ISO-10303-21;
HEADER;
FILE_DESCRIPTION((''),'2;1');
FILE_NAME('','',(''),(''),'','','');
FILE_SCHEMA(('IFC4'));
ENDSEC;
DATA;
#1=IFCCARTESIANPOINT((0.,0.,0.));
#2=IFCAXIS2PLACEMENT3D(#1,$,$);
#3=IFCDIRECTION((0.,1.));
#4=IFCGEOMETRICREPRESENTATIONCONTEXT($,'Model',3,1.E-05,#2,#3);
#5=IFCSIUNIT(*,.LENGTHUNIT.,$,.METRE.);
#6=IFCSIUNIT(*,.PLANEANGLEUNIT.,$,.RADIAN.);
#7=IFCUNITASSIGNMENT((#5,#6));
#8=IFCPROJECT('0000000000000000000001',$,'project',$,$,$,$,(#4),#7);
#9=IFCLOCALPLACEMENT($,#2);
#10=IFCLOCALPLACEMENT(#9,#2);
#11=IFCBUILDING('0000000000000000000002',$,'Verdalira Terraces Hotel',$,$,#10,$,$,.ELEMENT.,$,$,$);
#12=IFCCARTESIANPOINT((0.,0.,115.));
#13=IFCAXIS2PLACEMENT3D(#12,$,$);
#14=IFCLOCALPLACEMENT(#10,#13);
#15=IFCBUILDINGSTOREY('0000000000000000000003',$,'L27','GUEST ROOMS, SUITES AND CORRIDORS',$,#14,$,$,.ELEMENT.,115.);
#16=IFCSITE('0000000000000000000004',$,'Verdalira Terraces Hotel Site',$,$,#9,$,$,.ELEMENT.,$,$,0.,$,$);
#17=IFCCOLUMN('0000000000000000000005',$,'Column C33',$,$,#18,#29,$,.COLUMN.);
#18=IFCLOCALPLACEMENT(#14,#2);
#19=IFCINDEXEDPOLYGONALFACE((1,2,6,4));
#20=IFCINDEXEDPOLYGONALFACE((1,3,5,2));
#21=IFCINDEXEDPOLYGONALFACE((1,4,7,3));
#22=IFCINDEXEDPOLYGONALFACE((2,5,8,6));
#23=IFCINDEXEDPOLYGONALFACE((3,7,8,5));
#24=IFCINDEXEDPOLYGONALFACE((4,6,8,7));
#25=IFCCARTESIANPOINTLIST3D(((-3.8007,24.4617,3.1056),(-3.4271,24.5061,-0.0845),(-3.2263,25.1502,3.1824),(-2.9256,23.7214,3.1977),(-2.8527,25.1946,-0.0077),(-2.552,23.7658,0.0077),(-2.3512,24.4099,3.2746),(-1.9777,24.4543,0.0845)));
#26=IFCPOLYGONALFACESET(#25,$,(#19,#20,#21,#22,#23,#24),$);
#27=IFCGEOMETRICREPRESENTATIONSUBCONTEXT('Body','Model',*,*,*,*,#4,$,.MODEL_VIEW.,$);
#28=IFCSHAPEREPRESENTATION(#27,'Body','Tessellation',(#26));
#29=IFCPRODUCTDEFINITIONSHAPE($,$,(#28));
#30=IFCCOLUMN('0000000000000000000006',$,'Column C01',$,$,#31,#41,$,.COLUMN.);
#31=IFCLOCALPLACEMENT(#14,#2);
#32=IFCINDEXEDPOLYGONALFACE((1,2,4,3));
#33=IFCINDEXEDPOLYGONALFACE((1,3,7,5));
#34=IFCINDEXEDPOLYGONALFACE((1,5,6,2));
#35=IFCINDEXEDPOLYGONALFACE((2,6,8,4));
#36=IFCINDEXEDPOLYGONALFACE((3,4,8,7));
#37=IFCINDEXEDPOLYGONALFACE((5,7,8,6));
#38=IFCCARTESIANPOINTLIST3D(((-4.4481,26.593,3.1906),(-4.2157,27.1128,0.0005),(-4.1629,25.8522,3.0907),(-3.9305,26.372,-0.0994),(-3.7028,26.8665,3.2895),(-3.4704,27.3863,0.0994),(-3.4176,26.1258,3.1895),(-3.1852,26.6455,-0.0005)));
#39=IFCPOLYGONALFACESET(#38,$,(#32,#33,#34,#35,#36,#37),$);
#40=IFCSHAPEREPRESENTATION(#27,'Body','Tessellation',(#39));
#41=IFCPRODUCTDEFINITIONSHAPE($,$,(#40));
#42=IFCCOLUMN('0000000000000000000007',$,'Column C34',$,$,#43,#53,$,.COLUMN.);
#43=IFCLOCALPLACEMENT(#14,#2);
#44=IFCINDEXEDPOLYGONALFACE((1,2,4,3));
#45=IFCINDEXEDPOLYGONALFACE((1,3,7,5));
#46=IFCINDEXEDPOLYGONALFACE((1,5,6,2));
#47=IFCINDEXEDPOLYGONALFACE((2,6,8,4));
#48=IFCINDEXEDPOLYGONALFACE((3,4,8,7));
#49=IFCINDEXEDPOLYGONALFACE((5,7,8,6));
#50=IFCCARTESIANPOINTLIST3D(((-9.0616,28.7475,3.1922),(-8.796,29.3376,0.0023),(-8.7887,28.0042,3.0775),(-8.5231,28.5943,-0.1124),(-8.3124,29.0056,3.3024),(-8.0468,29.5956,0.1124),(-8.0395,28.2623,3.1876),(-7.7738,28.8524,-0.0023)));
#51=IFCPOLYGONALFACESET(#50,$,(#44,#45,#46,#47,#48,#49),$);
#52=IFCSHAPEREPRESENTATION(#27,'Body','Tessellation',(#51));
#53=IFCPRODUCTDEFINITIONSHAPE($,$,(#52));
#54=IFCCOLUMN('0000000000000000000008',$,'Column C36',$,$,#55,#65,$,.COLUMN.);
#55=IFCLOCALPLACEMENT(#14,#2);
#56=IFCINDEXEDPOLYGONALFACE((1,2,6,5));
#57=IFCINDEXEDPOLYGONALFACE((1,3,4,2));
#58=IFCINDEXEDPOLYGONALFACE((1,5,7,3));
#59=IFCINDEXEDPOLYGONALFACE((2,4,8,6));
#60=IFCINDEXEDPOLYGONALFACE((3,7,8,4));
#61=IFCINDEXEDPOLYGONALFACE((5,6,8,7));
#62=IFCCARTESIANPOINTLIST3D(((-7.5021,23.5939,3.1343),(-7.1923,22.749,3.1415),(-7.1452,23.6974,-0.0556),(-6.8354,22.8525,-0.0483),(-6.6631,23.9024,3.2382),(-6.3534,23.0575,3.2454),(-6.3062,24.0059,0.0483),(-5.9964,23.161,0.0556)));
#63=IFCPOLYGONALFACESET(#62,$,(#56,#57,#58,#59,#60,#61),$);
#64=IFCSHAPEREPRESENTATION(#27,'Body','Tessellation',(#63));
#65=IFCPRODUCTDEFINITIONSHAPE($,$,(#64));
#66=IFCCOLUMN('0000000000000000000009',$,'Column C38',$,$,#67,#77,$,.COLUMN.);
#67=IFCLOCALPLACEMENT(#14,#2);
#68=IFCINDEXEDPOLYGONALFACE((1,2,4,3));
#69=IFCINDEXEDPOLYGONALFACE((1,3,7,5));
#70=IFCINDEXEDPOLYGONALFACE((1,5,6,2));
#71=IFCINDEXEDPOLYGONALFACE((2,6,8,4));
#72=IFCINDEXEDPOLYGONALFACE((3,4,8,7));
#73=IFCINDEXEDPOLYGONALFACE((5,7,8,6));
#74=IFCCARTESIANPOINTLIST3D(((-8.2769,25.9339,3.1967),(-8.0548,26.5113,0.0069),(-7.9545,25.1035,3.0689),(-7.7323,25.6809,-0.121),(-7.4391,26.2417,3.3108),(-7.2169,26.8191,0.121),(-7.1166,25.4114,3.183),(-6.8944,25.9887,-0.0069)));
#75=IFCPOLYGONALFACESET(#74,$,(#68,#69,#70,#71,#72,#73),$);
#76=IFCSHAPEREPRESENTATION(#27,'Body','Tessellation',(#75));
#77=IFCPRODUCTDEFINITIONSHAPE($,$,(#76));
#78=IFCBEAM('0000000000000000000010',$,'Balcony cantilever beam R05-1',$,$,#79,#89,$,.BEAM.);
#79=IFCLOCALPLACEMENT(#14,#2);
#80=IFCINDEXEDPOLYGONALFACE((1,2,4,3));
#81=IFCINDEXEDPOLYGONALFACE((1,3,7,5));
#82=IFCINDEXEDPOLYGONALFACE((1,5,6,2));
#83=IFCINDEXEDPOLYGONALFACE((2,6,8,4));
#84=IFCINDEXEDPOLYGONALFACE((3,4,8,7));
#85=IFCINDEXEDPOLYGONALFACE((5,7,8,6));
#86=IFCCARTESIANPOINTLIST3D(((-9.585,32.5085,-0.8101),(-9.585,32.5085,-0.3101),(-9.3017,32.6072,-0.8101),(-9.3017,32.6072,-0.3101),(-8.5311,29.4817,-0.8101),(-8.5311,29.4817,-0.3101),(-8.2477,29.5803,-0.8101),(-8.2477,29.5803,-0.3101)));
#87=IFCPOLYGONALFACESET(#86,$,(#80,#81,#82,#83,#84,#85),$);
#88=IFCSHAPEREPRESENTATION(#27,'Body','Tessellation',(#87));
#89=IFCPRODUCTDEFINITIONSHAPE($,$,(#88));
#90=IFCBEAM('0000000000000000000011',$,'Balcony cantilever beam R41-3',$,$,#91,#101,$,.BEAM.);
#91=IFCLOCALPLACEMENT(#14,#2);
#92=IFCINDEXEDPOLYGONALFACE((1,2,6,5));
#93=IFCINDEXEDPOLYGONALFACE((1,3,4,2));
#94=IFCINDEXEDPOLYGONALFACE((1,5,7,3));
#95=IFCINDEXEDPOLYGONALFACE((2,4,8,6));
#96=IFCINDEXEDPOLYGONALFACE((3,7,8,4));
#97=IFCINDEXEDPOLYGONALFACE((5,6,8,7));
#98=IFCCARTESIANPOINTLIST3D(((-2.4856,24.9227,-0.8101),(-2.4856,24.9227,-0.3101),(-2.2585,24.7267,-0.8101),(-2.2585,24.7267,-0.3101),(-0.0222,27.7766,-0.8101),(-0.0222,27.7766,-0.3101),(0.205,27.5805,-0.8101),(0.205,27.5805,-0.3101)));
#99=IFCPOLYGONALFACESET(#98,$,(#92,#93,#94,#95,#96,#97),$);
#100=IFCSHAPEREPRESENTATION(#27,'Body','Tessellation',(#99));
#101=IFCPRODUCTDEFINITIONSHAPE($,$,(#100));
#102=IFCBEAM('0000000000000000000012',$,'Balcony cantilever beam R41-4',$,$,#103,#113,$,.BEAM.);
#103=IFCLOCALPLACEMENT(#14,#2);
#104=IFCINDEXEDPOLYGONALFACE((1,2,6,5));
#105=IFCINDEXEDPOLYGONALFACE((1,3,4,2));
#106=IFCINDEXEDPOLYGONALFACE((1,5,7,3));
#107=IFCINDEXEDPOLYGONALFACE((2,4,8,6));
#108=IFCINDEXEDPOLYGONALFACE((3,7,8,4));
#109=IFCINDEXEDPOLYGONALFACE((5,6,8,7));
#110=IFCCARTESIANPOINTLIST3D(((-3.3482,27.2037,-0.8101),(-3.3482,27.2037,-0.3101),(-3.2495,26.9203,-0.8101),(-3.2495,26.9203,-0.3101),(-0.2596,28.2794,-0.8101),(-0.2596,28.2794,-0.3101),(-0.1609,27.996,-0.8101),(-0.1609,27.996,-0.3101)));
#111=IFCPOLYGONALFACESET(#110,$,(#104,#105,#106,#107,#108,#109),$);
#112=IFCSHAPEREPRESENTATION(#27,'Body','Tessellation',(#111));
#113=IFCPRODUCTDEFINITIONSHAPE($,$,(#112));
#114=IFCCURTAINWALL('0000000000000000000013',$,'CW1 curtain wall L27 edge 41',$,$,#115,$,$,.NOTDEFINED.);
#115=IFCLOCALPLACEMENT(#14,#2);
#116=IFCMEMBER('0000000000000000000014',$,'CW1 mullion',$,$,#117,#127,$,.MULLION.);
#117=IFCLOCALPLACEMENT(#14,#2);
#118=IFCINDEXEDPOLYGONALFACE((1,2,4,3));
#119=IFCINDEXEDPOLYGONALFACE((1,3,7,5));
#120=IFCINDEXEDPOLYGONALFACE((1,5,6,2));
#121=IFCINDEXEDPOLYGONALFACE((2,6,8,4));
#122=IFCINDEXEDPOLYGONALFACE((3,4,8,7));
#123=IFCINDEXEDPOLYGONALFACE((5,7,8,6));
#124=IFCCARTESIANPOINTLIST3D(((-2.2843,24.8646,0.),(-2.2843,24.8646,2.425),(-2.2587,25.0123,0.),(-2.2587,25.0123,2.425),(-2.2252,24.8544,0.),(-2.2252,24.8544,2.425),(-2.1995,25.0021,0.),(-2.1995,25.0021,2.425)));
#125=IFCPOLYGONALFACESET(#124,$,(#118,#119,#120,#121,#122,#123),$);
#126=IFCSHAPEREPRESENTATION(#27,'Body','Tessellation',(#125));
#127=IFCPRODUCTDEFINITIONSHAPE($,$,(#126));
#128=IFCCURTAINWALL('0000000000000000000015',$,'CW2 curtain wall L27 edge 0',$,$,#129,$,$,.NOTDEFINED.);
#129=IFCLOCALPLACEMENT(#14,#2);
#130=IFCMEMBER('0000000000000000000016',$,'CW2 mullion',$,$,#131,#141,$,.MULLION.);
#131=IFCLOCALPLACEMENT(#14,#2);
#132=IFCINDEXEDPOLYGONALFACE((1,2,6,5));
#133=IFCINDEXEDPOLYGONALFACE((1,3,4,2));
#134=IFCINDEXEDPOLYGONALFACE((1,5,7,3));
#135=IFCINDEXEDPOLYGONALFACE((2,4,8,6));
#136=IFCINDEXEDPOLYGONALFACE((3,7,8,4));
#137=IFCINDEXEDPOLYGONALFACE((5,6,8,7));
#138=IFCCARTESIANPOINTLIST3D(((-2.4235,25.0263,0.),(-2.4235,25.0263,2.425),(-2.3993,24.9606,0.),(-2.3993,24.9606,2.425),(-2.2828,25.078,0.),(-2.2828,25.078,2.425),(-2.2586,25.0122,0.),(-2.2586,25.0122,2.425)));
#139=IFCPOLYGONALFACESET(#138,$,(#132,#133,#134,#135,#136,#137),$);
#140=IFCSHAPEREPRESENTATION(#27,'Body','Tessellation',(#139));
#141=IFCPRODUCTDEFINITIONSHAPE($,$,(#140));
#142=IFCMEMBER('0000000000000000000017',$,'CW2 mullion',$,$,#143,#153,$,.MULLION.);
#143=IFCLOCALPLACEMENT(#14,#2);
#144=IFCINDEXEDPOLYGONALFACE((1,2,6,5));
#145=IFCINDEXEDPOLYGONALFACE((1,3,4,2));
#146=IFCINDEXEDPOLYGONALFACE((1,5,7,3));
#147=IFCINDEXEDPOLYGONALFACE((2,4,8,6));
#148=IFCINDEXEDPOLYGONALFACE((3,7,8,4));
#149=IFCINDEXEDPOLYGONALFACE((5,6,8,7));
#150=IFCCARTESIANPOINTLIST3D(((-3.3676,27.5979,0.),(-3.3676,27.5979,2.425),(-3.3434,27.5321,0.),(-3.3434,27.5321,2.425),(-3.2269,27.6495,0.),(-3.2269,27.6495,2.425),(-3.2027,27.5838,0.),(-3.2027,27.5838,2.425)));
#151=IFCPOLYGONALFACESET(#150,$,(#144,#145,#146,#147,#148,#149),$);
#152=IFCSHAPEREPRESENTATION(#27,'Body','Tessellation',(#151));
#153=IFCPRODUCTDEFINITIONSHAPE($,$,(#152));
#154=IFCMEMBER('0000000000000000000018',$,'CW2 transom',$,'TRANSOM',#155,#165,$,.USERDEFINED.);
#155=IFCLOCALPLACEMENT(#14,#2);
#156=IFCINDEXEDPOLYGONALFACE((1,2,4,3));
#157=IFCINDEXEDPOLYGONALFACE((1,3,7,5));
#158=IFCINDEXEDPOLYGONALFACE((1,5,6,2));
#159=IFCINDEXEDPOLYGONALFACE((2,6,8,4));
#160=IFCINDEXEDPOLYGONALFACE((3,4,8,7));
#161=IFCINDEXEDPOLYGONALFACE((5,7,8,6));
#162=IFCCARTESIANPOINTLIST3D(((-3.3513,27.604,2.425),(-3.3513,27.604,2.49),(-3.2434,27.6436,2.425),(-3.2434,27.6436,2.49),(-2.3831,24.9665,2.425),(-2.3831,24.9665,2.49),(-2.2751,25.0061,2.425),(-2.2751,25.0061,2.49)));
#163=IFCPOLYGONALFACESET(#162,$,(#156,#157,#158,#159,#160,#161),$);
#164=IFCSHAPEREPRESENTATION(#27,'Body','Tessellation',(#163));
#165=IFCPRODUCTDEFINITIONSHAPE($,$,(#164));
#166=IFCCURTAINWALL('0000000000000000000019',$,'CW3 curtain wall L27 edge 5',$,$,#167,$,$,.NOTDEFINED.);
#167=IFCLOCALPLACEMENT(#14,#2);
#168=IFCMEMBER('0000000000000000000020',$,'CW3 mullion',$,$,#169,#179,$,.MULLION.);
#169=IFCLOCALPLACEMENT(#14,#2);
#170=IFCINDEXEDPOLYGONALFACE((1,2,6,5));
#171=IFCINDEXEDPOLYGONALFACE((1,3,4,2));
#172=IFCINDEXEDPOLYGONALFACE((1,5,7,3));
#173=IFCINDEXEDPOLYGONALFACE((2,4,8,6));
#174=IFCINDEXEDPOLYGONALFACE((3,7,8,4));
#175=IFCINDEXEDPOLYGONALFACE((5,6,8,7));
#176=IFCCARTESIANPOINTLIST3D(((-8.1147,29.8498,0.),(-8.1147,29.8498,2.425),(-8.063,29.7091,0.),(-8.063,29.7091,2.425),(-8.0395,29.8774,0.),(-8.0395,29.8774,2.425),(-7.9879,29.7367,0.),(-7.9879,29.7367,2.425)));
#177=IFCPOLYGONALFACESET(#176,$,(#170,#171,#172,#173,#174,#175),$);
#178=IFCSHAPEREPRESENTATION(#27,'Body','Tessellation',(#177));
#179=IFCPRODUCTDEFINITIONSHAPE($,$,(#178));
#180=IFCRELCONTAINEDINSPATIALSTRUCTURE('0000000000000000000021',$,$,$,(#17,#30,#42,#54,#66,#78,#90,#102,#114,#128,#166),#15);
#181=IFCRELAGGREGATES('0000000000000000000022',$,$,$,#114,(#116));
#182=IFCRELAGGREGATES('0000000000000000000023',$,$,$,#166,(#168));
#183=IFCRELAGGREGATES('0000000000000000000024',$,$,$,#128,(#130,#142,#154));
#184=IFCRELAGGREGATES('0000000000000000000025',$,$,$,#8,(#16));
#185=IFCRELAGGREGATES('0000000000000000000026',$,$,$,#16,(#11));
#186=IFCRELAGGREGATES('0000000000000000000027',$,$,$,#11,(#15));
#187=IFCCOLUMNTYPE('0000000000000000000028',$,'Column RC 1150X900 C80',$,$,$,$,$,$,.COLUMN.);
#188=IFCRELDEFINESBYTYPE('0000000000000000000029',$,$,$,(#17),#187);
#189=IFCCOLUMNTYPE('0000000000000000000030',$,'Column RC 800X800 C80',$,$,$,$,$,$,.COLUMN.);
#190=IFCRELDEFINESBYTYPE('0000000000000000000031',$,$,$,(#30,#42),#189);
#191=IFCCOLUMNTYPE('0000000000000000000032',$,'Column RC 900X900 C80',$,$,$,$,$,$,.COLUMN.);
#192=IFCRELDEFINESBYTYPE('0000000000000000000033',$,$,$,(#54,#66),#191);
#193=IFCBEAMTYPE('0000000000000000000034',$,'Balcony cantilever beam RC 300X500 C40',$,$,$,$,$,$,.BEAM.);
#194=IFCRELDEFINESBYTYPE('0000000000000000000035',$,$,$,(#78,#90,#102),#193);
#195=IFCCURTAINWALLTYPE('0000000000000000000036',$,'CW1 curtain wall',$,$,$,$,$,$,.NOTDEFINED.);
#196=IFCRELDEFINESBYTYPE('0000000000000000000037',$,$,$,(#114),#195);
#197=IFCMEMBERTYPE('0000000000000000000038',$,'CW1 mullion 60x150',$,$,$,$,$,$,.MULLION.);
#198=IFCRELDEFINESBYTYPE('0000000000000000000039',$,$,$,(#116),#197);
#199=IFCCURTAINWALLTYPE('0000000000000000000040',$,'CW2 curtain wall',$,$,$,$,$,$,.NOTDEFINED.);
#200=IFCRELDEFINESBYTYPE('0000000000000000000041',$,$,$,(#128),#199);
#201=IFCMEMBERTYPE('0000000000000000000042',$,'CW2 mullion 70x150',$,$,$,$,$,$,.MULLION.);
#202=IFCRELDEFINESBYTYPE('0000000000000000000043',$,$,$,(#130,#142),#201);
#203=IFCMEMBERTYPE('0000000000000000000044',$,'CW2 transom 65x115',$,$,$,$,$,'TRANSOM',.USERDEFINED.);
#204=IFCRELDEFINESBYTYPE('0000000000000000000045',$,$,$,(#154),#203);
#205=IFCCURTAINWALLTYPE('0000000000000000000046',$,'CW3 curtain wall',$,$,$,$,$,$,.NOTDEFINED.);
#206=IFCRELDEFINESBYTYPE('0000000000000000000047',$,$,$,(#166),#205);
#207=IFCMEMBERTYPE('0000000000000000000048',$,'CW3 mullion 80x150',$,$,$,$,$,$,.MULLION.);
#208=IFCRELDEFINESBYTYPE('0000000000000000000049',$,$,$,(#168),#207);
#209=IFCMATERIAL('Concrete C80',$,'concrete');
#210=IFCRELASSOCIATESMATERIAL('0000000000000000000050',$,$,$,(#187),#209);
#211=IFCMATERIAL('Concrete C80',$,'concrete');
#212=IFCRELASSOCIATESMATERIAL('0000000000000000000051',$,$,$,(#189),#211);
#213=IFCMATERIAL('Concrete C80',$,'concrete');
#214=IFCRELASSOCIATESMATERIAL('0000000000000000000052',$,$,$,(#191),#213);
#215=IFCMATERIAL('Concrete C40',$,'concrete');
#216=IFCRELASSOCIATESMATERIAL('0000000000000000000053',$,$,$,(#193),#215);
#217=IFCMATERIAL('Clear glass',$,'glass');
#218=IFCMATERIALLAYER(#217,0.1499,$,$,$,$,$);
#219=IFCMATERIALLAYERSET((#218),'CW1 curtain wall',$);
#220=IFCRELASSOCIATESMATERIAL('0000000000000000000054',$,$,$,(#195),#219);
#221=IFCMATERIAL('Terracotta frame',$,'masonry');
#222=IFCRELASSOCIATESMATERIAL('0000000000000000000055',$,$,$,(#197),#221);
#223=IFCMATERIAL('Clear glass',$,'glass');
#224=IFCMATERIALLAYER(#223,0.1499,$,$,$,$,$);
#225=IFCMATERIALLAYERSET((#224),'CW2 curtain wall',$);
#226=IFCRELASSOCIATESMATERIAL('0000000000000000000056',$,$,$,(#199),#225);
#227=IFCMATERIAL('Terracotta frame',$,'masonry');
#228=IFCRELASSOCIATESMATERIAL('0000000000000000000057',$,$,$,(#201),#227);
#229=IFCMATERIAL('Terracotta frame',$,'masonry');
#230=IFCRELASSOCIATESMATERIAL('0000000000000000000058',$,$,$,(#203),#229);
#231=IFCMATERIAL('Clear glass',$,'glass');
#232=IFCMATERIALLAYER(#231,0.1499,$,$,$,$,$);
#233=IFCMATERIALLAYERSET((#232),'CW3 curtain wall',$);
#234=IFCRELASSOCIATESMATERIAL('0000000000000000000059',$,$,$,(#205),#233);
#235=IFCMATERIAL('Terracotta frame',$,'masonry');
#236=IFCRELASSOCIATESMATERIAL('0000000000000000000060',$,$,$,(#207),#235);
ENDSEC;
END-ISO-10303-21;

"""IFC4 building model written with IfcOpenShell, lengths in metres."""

from ifc_helpers import new_model, si_unit, direction, frame, origin, origin_2d, place, context, subcontext, project, spatial, rectangle, extrude, material, layer, layer_set, material_profile, profile_set, type_object, element, aggregate, save


model = new_model("IFC4")

# Units and contexts
model_context = context("Model", 3, precision=1e-05, world=origin(), true_north=direction((0.0, 1.0)))
body_context = subcontext(model_context, "Body", "Model", "MODEL_VIEW")
ifc_project = project(units=[si_unit("LENGTHUNIT", "METRE"), si_unit("PLANEANGLEUNIT", "RADIAN")], contexts=[model_context])

# Site, building, storey
site_placement = place(None, origin())
site = spatial("IfcSite", under=ifc_project, at=site_placement, Name="Verdalira Terraces Hotel Site", CompositionType="ELEMENT", RefElevation=0.0)
building_placement = place(site_placement, origin())
building = spatial("IfcBuilding", under=site, at=building_placement, Name="Verdalira Terraces Hotel", CompositionType="ELEMENT")
storey_placement = place(building_placement, frame((0.0, 0.0, 115.0)))
storey = spatial("IfcBuildingStorey", under=building, at=storey_placement, Name="L27", Description="GUEST ROOMS, SUITES AND CORRIDORS", CompositionType="ELEMENT", Elevation=115.0)

# Columns
ifc_material_1 = material(Name="Concrete C80", Category="concrete")
ifc_material_profile_1 = material_profile(ifc_material_1, rectangle(XDim=1.1499, YDim=0.8999, at=origin_2d()), Name="RC 1150X900")
ifc_profile_set_1 = profile_set([ifc_material_profile_1], Name="Concrete C80")
column_type_1 = type_object("IfcColumnType", Name="Column RC 1150X900 C80", PredefinedType="COLUMN", material=ifc_profile_set_1)
column_1_placement = place(storey_placement, frame((-2.7024, 24.4802, 0.0), z_axis=(-0.116292, -0.013833, 0.993119), x_axis=(0.760994, -0.64379, 0.080143)))
element("IfcColumn", 1, at=column_1_placement, inside=storey, type_object=column_type_1, Name="Column C33", PredefinedType="COLUMN", context=body_context, shape_type="SweptSolid", body=[
    extrude(rectangle(XDim=1.1499, YDim=0.8999, at=origin_2d()), origin(), (0.0, 0.0, 1.0), 3.2122),
])
ifc_material_2 = material(Name="Concrete C80", Category="concrete")
ifc_material_profile_2 = material_profile(ifc_material_2, rectangle(XDim=0.8, YDim=0.8, at=origin_2d()), Name="RC 800X800")
ifc_profile_set_2 = profile_set([ifc_material_profile_2], Name="Concrete C80")
column_type_2 = type_object("IfcColumnType", Name="Column RC 800X800 C80", PredefinedType="COLUMN", material=ifc_profile_set_2)
column_2_placement = place(storey_placement, frame((-3.7004, 26.8791, 0.0), z_axis=(-0.071727, -0.160407, 0.984441), x_axis=(-0.356457, 0.925925, 0.1249)))
element("IfcColumn", 2, at=column_2_placement, inside=storey, type_object=column_type_2, Name="Column C01", PredefinedType="COLUMN", context=body_context, shape_type="SweptSolid", body=[
    extrude(rectangle(XDim=0.8, YDim=0.8, at=origin_2d()), origin(), (0.0, 0.0, 1.0), 3.2405),
])
column_3_placement = place(storey_placement, frame((-8.2849, 29.095, 0.0), z_axis=(-0.081607, -0.181291, 0.980038), x_axis=(-0.936473, -0.322597, -0.137655)))
element("IfcColumn", 3, at=column_3_placement, inside=storey, type_object=column_type_2, Name="Column C34", PredefinedType="COLUMN", context=body_context, shape_type="SweptSolid", body=[
    extrude(rectangle(XDim=0.8, YDim=0.8, at=origin_2d()), origin(), (0.0, 0.0, 1.0), 3.2549),
])
ifc_material_3 = material(Name="Concrete C80", Category="concrete")
ifc_material_profile_3 = material_profile(ifc_material_3, rectangle(XDim=0.8999, YDim=0.8999, at=origin_2d()), Name="RC 900X900")
ifc_profile_set_3 = profile_set([ifc_material_profile_3], Name="Concrete C80")
column_type_3 = type_object("IfcColumnType", Name="Column RC 900X900 C80", PredefinedType="COLUMN", material=ifc_profile_set_3)
column_4_placement = place(storey_placement, frame((-6.5708, 23.4292, 0.0), z_axis=(-0.111142, -0.032233, 0.993282), x_axis=(-0.344187, 0.938866, -0.008046)))
element("IfcColumn", 4, at=column_4_placement, inside=storey, type_object=column_type_3, Name="Column C36", PredefinedType="COLUMN", context=body_context, shape_type="SweptSolid", body=[
    extrude(rectangle(XDim=0.8999, YDim=0.8999, at=origin_2d()), origin(), (0.0, 0.0, 1.0), 3.2114),
])
column_5_placement = place(storey_placement, frame((-7.4746, 26.25, 0.0), z_axis=(-0.068372, -0.177693, 0.981708), x_axis=(-0.358345, 0.922718, 0.142058)))
element("IfcColumn", 5, at=column_5_placement, inside=storey, type_object=column_type_3, Name="Column C38", PredefinedType="COLUMN", context=body_context, shape_type="SweptSolid", body=[
    extrude(rectangle(XDim=0.8999, YDim=0.8999, at=origin_2d()), origin(), (0.0, 0.0, 1.0), 3.2493),
])

# Beams
ifc_material_4 = material(Name="Concrete C40", Category="concrete")
ifc_material_profile_4 = material_profile(ifc_material_4, rectangle(XDim=0.3, YDim=0.5, at=origin_2d()), Name="RC 300X500")
ifc_profile_set_4 = profile_set([ifc_material_profile_4], Name="Concrete C40")
beam_type_1 = type_object("IfcBeamType", Name="Balcony cantilever beam RC 300X500 C40", PredefinedType="BEAM", material=ifc_profile_set_4)
beam_1_placement = place(storey_placement, frame((-8.3894, 29.531, -0.5601), z_axis=(-0.328837, 0.944387, 0.0), x_axis=(-0.944387, -0.328837, 0.0)))
element("IfcBeam", 6, at=beam_1_placement, inside=storey, type_object=beam_type_1, Name="Balcony cantilever beam R05-1", PredefinedType="BEAM", context=body_context, shape_type="SweptSolid", body=[
    extrude(rectangle(XDim=0.3, YDim=0.5, at=origin_2d()), origin(), (0.0, 0.0, 1.0), 3.2051),
])
beam_2_placement = place(storey_placement, frame((-2.3721, 24.8247, -0.5601), z_axis=(0.653433, 0.756985, 0.0), x_axis=(-0.756985, 0.653433, 0.0)))
element("IfcBeam", 7, at=beam_2_placement, inside=storey, type_object=beam_type_1, Name="Balcony cantilever beam R41-3", PredefinedType="BEAM", context=body_context, shape_type="SweptSolid", body=[
    extrude(rectangle(XDim=0.3, YDim=0.5, at=origin_2d()), origin(), (0.0, 0.0, 1.0), 3.77),
])
beam_3_placement = place(storey_placement, frame((-3.2988, 27.062, -0.5601), z_axis=(0.944366, 0.328897, 0.0), x_axis=(-0.328897, 0.944366, 0.0)))
element("IfcBeam", 8, at=beam_3_placement, inside=storey, type_object=beam_type_1, Name="Balcony cantilever beam R41-4", PredefinedType="BEAM", context=body_context, shape_type="SweptSolid", body=[
    extrude(rectangle(XDim=0.3, YDim=0.5, at=origin_2d()), origin(), (0.0, 0.0, 1.0), 3.2705),
])

# Curtain wall, member
ifc_material_5 = material(Name="Clear glass", Category="glass")
ifc_layer_1 = layer(ifc_material_5, 0.1499)
ifc_layer_set_1 = layer_set([ifc_layer_1], Name="CW1 curtain wall")
curtain_wall_type_1 = type_object("IfcCurtainWallType", Name="CW1 curtain wall", PredefinedType="NOTDEFINED", material=ifc_layer_set_1)
curtain_wall_1_placement = place(storey_placement, origin())
curtain_wall_1 = element("IfcCurtainWall", 9, at=curtain_wall_1_placement, inside=storey, type_object=curtain_wall_type_1, Name="CW1 curtain wall L27 edge 41", PredefinedType="NOTDEFINED")
ifc_material_6 = material(Name="Terracotta frame", Category="masonry")
ifc_material_profile_5 = material_profile(ifc_material_6, rectangle(XDim=0.0601, YDim=0.1499, at=origin_2d()), Name="MU 60x150")
ifc_profile_set_5 = profile_set([ifc_material_profile_5], Name="Terracotta frame")
member_type_1 = type_object("IfcMemberType", Name="CW1 mullion 60x150", PredefinedType="MULLION", material=ifc_profile_set_5)
member_1_placement = place(storey_placement, frame((-2.2419, 24.9334, 0.0), z_axis=(0.0, 0.0, 1.0), x_axis=(-0.985289, 0.170897, 0.0)))
member_1 = element("IfcMember", 10, at=member_1_placement, type_object=member_type_1, Name="CW1 mullion", PredefinedType="MULLION", context=body_context, shape_type="SweptSolid", body=[
    extrude(rectangle(XDim=0.0601, YDim=0.1499, at=origin_2d()), origin(), (0.0, 0.0, 1.0), 2.425),
])
aggregate(curtain_wall_1, [member_1])

# Curtain walls, members
ifc_material_7 = material(Name="Clear glass", Category="glass")
ifc_layer_2 = layer(ifc_material_7, 0.1499)
ifc_layer_set_2 = layer_set([ifc_layer_2], Name="CW2 curtain wall")
curtain_wall_type_2 = type_object("IfcCurtainWallType", Name="CW2 curtain wall", PredefinedType="NOTDEFINED", material=ifc_layer_set_2)
curtain_wall_2_placement = place(storey_placement, origin())
curtain_wall_2 = element("IfcCurtainWall", 11, at=curtain_wall_2_placement, inside=storey, type_object=curtain_wall_type_2, Name="CW2 curtain wall L27 edge 0", PredefinedType="NOTDEFINED")
ifc_material_8 = material(Name="Terracotta frame", Category="masonry")
ifc_material_profile_6 = material_profile(ifc_material_8, rectangle(XDim=0.0701, YDim=0.1499, at=origin_2d()), Name="MU 70x150")
ifc_profile_set_6 = profile_set([ifc_material_profile_6], Name="Terracotta frame")
member_type_2 = type_object("IfcMemberType", Name="CW2 mullion 70x150", PredefinedType="MULLION", material=ifc_profile_set_6)
member_2_placement = place(storey_placement, frame((-2.3411, 25.0193, 0.0), z_axis=(0.0, 0.0, 1.0), x_axis=(-0.344643, 0.938734, 0.0)))
member_2 = element("IfcMember", 12, at=member_2_placement, type_object=member_type_2, Name="CW2 mullion", PredefinedType="MULLION", context=body_context, shape_type="SweptSolid", body=[
    extrude(rectangle(XDim=0.0701, YDim=0.1499, at=origin_2d()), origin(), (0.0, 0.0, 1.0), 2.425),
])
member_3_placement = place(storey_placement, frame((-3.2852, 27.5908, 0.0), z_axis=(0.0, 0.0, 1.0), x_axis=(-0.344643, 0.938734, 0.0)))
member_3 = element("IfcMember", 13, at=member_3_placement, type_object=member_type_2, Name="CW2 mullion", PredefinedType="MULLION", context=body_context, shape_type="SweptSolid", body=[
    extrude(rectangle(XDim=0.0701, YDim=0.1499, at=origin_2d()), origin(), (0.0, 0.0, 1.0), 2.425),
])
ifc_material_9 = material(Name="Terracotta frame", Category="masonry")
ifc_material_profile_7 = material_profile(ifc_material_9, rectangle(XDim=0.115, YDim=0.0649, at=origin_2d()), Name="TR 65x115")
ifc_profile_set_7 = profile_set([ifc_material_profile_7], Name="Terracotta frame")
member_type_3 = type_object("IfcMemberType", Name="CW2 transom 65x115", ElementType="TRANSOM", PredefinedType="USERDEFINED", material=ifc_profile_set_7)
member_4_placement = place(storey_placement, frame((-2.3291, 24.9863, 2.4575), z_axis=(-0.34463, 0.938739, 0.0), x_axis=(-0.938739, -0.34463, 0.0)))
member_4 = element("IfcMember", 14, at=member_4_placement, type_object=member_type_3, Name="CW2 transom", ObjectType="TRANSOM", PredefinedType="USERDEFINED", context=body_context, shape_type="SweptSolid", body=[
    extrude(rectangle(XDim=0.115, YDim=0.0649, at=origin_2d()), origin(), (0.0, 0.0, 1.0), 2.8096),
])
ifc_material_10 = material(Name="Clear glass", Category="glass")
ifc_layer_3 = layer(ifc_material_10, 0.1499)
ifc_layer_set_3 = layer_set([ifc_layer_3], Name="CW3 curtain wall")
curtain_wall_type_3 = type_object("IfcCurtainWallType", Name="CW3 curtain wall", PredefinedType="NOTDEFINED", material=ifc_layer_set_3)
curtain_wall_3_placement = place(storey_placement, origin())
curtain_wall_3 = element("IfcCurtainWall", 15, at=curtain_wall_3_placement, inside=storey, type_object=curtain_wall_type_3, Name="CW3 curtain wall L27 edge 5", PredefinedType="NOTDEFINED")
ifc_material_11 = material(Name="Terracotta frame", Category="masonry")
ifc_material_profile_8 = material_profile(ifc_material_11, rectangle(XDim=0.0801, YDim=0.1499, at=origin_2d()), Name="MU 80x150")
ifc_profile_set_8 = profile_set([ifc_material_profile_8], Name="Terracotta frame")
member_type_4 = type_object("IfcMemberType", Name="CW3 mullion 80x150", PredefinedType="MULLION", material=ifc_profile_set_8)
member_5_placement = place(storey_placement, frame((-8.0513, 29.7932, 0.0), z_axis=(0.0, 0.0, 1.0), x_axis=(-0.938734, -0.344643, 0.0)))
member_5 = element("IfcMember", 16, at=member_5_placement, type_object=member_type_4, Name="CW3 mullion", PredefinedType="MULLION", context=body_context, shape_type="SweptSolid", body=[
    extrude(rectangle(XDim=0.0801, YDim=0.1499, at=origin_2d()), origin(), (0.0, 0.0, 1.0), 2.425),
])
aggregate(curtain_wall_3, [member_5])

aggregate(curtain_wall_2, [member_2, member_3, member_4])

save(model, "model.ifc")
